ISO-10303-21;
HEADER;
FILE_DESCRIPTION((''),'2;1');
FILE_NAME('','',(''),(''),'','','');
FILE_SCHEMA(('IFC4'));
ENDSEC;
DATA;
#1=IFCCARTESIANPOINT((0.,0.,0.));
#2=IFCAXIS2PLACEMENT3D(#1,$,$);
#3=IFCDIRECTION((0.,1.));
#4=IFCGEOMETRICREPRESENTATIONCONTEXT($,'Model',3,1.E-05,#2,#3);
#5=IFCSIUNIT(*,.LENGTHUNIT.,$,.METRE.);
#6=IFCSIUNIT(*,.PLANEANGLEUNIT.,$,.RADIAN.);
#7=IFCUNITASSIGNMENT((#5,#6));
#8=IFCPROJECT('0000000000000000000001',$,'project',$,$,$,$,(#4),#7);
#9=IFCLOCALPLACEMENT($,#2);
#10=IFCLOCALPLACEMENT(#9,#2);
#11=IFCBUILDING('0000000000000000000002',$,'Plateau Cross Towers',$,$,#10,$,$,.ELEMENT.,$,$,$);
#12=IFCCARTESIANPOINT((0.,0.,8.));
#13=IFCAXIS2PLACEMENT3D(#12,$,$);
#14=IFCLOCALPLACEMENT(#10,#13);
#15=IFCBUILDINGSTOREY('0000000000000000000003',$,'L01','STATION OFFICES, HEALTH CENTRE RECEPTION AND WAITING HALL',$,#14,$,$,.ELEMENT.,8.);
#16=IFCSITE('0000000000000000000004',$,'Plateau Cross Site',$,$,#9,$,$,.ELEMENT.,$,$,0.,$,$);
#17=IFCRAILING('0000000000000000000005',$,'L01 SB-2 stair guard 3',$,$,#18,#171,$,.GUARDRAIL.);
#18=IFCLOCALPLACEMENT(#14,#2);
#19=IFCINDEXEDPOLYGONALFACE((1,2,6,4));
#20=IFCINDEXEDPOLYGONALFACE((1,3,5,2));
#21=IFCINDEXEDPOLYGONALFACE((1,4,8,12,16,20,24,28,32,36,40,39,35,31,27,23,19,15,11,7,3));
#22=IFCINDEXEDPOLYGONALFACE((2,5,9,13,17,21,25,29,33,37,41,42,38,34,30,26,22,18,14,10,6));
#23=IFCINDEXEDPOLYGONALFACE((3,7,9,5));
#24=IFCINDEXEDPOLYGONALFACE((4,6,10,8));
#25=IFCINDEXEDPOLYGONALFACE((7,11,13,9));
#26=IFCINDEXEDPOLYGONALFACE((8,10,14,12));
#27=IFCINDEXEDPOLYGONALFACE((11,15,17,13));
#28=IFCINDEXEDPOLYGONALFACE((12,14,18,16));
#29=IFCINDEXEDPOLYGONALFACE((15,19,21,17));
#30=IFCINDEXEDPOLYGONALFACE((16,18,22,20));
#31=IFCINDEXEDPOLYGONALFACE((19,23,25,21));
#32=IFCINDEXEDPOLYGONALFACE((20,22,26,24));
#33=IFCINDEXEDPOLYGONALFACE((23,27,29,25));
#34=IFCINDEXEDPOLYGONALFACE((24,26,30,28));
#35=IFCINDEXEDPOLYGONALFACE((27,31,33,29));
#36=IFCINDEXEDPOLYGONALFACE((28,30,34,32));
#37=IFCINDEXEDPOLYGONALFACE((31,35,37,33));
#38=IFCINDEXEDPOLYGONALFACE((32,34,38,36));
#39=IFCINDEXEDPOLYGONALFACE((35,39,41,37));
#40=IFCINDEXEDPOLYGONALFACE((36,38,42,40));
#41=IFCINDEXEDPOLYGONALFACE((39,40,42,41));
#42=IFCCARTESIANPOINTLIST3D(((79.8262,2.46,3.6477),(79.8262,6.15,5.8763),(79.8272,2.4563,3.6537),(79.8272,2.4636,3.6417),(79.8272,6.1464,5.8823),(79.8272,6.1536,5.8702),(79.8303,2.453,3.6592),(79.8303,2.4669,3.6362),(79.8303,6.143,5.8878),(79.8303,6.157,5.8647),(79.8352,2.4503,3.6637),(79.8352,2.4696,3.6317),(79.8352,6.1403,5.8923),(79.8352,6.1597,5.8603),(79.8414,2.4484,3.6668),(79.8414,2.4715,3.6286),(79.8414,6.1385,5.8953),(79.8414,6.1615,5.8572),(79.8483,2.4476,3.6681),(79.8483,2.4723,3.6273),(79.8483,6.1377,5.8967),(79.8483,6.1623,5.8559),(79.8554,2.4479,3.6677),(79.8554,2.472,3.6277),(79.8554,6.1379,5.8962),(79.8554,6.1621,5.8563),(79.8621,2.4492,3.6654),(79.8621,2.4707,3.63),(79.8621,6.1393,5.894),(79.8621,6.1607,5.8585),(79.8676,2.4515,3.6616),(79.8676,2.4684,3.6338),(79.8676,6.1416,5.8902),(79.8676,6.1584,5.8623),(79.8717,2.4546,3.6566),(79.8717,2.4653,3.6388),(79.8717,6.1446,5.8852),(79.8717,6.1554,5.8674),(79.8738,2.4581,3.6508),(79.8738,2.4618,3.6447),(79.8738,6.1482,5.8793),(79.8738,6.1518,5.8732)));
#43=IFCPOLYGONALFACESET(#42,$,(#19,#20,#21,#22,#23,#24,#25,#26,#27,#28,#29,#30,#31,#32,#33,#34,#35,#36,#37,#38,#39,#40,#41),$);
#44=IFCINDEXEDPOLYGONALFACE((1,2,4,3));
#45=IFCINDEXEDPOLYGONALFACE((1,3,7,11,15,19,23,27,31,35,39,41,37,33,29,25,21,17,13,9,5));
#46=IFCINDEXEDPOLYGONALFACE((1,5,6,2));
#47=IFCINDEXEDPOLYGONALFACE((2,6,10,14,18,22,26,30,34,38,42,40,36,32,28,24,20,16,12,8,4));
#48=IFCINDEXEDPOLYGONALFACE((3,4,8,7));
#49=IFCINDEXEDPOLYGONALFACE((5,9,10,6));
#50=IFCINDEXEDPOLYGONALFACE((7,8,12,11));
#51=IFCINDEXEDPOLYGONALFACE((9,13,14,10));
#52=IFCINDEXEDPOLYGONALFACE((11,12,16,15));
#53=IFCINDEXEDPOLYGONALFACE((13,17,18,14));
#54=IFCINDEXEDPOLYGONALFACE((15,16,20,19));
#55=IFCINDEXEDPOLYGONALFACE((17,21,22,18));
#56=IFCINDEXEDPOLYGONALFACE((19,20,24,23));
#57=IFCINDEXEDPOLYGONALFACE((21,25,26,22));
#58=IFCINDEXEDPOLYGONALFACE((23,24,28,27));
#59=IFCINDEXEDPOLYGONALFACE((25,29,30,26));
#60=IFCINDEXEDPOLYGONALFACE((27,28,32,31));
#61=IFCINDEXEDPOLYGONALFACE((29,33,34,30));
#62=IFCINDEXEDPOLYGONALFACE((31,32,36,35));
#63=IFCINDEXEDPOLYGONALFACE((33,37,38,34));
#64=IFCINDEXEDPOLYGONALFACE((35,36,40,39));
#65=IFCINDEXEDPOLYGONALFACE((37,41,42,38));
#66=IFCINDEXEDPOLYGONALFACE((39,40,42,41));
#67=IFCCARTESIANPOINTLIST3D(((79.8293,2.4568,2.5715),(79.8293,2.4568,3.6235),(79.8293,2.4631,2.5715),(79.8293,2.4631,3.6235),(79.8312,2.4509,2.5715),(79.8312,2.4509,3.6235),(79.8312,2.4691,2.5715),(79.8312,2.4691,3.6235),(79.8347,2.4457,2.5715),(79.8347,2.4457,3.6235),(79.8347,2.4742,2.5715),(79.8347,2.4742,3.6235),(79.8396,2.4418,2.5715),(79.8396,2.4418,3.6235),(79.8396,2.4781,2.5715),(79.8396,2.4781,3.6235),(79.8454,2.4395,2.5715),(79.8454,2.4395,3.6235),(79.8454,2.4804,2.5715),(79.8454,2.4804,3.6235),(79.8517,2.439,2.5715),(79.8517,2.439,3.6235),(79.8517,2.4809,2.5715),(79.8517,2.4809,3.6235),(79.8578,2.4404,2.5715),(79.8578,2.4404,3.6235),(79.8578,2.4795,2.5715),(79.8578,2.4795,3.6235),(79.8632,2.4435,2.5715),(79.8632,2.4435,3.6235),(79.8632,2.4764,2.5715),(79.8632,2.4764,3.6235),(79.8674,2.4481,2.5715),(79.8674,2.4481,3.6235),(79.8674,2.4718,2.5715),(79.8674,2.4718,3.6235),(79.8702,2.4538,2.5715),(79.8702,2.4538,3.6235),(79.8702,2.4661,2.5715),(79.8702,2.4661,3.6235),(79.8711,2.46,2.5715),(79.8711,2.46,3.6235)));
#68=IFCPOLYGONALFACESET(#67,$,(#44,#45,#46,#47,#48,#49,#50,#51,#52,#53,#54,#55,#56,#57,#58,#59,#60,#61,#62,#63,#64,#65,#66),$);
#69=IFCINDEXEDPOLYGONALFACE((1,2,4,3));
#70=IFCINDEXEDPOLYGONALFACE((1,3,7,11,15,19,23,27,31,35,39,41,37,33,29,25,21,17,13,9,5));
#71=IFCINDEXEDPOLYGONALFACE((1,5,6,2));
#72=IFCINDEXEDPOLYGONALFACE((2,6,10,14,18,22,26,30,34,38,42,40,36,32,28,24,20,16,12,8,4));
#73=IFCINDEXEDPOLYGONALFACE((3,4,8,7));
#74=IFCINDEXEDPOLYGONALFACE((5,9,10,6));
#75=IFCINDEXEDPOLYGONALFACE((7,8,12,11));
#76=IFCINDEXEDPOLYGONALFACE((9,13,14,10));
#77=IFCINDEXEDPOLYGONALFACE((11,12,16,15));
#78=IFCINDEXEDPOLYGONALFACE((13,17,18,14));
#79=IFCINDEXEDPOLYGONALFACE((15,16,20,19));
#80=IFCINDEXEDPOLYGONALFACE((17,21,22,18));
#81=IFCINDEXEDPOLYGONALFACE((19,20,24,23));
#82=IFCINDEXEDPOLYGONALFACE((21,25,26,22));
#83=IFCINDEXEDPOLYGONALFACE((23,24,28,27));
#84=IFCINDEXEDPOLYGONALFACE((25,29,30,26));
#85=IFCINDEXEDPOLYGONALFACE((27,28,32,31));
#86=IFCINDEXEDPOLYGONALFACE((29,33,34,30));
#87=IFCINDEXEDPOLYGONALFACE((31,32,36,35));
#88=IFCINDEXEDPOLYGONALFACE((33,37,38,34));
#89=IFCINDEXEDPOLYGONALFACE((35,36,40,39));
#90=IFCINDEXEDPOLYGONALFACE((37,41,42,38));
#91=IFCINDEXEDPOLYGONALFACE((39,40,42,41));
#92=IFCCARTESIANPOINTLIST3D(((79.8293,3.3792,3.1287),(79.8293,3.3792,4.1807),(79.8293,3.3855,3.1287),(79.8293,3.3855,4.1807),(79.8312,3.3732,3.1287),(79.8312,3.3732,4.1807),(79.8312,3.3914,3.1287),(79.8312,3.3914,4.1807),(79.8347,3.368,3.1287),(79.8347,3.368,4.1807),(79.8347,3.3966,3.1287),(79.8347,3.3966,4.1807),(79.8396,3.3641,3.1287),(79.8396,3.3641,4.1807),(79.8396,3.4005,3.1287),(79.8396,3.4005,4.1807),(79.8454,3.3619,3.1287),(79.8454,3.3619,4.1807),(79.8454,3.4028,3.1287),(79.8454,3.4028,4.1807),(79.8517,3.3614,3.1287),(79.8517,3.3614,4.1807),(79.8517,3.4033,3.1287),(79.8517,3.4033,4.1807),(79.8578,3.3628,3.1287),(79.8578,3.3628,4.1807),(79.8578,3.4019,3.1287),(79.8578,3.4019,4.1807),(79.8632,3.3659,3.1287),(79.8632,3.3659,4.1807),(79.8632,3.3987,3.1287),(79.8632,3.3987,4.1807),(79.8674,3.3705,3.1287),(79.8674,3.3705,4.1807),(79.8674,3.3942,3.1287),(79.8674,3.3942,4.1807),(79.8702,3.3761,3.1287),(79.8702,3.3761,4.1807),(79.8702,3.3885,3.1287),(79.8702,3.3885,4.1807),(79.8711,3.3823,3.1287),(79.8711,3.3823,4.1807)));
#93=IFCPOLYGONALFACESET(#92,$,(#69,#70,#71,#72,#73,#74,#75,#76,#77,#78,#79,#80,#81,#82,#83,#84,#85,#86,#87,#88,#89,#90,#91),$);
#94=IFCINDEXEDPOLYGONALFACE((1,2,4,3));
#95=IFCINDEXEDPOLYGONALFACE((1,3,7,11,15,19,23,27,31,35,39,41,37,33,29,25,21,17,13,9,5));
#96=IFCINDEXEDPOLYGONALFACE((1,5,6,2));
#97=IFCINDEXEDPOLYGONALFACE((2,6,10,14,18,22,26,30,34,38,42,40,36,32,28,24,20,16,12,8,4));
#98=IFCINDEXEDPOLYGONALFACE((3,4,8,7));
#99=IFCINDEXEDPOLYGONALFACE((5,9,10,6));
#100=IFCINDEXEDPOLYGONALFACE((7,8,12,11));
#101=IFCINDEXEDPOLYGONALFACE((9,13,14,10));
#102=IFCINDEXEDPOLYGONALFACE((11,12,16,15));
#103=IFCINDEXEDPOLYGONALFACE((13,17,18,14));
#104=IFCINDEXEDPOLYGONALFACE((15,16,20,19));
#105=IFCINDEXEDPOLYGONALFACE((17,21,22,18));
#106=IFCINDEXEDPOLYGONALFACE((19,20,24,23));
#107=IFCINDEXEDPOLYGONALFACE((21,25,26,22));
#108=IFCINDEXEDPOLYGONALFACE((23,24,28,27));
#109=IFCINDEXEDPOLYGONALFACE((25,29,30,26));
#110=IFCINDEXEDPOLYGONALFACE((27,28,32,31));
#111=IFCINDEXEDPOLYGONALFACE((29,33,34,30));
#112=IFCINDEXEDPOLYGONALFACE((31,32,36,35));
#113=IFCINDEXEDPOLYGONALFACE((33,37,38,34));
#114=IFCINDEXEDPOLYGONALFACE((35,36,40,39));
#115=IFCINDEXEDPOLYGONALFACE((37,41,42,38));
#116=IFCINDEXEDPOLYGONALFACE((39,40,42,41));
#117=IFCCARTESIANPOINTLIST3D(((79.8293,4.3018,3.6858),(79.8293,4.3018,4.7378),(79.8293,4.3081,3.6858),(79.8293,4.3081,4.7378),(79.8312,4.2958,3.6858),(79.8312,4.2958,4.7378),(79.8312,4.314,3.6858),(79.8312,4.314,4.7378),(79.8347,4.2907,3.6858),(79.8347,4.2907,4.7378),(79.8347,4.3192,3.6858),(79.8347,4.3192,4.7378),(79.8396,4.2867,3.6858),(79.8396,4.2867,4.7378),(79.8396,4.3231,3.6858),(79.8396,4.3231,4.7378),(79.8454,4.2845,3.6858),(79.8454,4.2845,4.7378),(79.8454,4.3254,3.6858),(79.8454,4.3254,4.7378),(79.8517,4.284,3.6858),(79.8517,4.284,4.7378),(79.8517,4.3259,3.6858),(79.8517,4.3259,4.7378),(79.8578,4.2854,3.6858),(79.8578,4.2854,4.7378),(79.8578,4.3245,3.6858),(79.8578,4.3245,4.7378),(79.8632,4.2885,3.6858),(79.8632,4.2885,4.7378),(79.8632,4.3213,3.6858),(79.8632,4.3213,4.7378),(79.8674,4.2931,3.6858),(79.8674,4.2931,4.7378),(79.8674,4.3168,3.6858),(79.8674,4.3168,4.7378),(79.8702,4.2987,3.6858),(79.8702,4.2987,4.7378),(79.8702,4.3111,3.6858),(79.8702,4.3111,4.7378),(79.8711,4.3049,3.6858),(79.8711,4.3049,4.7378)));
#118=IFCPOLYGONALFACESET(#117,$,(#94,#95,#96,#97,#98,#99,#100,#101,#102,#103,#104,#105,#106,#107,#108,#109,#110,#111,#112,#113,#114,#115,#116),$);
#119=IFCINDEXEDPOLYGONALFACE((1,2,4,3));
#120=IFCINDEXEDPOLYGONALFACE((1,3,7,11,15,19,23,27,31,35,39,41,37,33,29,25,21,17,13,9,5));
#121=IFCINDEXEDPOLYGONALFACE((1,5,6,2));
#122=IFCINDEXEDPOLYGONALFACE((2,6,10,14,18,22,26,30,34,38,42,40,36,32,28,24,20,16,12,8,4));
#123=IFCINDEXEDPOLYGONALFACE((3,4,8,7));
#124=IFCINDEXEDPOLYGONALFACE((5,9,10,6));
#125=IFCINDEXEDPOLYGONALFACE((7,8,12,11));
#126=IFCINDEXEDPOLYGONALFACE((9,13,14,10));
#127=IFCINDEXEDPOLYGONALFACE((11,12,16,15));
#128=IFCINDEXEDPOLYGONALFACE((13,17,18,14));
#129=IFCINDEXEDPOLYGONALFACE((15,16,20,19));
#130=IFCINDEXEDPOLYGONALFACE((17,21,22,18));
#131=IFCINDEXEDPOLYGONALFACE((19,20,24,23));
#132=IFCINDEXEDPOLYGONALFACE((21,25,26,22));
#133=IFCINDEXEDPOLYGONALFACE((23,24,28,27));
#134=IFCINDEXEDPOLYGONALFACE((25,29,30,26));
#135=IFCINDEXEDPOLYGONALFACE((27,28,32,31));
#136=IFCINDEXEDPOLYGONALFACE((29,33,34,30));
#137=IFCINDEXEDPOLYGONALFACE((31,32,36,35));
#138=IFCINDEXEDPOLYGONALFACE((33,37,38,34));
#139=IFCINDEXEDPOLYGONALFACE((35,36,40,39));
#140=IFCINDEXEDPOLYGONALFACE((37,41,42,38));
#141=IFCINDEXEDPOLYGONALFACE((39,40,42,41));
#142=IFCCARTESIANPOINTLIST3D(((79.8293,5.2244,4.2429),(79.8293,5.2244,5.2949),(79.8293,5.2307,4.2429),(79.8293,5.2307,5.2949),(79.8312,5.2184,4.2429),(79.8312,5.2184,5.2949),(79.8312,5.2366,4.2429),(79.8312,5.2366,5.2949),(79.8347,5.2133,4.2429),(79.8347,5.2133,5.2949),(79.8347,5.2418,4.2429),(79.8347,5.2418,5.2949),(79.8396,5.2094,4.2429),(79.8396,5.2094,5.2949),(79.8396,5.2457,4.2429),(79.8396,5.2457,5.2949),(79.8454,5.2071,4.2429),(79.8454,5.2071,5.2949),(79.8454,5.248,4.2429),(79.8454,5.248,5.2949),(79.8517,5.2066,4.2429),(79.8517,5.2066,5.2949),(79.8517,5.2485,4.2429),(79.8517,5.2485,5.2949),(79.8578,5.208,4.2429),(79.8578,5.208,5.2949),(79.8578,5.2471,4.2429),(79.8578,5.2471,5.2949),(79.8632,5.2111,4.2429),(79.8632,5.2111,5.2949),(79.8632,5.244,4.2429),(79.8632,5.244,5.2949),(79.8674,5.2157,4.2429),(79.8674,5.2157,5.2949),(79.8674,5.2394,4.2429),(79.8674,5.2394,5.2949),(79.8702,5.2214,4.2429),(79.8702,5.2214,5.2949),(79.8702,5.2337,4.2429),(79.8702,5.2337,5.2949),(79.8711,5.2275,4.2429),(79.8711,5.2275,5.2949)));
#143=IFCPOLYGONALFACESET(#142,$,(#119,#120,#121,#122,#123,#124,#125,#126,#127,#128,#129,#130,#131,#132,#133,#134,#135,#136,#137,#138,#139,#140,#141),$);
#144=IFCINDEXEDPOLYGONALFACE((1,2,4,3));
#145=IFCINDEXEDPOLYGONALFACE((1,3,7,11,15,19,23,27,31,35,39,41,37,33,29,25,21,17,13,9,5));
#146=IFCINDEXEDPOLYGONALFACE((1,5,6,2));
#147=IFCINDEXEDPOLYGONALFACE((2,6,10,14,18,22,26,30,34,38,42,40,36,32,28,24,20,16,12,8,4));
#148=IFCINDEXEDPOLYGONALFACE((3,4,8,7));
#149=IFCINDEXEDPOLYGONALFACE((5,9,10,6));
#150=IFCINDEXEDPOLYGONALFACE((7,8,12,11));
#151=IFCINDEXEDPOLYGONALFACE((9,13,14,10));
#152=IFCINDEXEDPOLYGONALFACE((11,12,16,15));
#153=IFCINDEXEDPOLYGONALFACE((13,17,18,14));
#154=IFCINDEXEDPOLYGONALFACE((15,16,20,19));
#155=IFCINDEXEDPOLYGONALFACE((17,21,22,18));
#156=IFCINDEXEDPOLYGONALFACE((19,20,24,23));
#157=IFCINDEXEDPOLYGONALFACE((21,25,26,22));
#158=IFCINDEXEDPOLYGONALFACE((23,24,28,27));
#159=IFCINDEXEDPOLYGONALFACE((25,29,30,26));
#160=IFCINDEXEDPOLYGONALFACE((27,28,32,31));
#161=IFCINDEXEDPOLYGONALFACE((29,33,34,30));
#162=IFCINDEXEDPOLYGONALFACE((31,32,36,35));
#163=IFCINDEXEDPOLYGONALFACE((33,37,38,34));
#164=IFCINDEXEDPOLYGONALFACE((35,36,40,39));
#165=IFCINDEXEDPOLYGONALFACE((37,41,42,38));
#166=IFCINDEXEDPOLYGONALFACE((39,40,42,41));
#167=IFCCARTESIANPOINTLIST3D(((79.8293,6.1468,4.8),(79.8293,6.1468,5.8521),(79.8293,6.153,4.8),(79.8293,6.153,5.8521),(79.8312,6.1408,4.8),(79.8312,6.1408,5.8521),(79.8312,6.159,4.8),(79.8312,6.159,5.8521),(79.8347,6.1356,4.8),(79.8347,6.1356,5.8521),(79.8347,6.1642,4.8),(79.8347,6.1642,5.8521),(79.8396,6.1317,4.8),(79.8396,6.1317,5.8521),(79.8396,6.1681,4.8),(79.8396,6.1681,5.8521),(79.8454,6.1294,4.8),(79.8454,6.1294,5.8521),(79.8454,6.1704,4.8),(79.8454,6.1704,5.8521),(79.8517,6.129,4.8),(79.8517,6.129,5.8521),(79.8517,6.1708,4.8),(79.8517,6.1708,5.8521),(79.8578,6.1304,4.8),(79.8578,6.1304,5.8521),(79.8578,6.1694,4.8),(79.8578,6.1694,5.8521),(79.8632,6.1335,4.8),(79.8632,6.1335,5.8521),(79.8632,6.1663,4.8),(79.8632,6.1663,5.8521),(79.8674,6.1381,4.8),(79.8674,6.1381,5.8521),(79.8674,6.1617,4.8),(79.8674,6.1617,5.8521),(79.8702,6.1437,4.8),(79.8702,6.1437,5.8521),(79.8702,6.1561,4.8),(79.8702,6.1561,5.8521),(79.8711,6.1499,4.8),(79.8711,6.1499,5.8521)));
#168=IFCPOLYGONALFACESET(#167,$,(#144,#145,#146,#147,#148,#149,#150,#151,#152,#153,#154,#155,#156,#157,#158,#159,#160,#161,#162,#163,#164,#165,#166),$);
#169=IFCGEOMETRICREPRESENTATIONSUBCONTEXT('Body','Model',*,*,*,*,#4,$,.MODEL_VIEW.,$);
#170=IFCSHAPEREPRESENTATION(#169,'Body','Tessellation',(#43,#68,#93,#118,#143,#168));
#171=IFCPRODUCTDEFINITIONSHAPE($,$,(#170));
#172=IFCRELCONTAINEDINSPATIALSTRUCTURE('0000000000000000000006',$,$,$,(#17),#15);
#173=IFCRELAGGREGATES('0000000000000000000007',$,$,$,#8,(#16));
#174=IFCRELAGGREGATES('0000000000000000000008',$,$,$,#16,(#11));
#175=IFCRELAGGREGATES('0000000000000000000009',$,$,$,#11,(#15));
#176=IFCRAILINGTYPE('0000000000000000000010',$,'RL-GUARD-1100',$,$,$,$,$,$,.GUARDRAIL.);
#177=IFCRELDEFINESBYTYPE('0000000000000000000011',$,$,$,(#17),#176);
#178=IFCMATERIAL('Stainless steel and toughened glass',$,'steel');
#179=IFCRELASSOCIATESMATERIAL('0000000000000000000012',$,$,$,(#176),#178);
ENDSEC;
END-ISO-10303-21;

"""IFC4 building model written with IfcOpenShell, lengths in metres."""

from ifc_helpers import new_model, si_unit, direction, frame, origin, origin_2d, place, context, subcontext, project, spatial, circle, extrude, material, type_object, element, save


model = new_model("IFC4")

# Units and contexts
model_context = context("Model", 3, precision=1e-05, world=origin(), true_north=direction((0.0, 1.0)))
body_context = subcontext(model_context, "Body", "Model", "MODEL_VIEW")
ifc_project = project(units=[si_unit("LENGTHUNIT", "METRE"), si_unit("PLANEANGLEUNIT", "RADIAN")], contexts=[model_context])

# Site, building, storey
site_placement = place(None, origin())
site = spatial("IfcSite", under=ifc_project, at=site_placement, Name="Plateau Cross Site", CompositionType="ELEMENT", RefElevation=0.0)
building_placement = place(site_placement, origin())
building = spatial("IfcBuilding", under=site, at=building_placement, Name="Plateau Cross Towers", CompositionType="ELEMENT")
storey_placement = place(building_placement, frame((0.0, 0.0, 8.0)))
storey = spatial("IfcBuildingStorey", under=building, at=storey_placement, Name="L01", Description="STATION OFFICES, HEALTH CENTRE RECEPTION AND WAITING HALL", CompositionType="ELEMENT", Elevation=8.0)

# Railing
ifc_material_1 = material(Name="Stainless steel and toughened glass", Category="steel")
railing_type_1 = type_object("IfcRailingType", Name="RL-GUARD-1100", PredefinedType="GUARDRAIL", material=ifc_material_1)
railing_1_placement = place(storey_placement, frame((79.8501, 2.46, 2.5715)))
element("IfcRailing", 1, at=railing_1_placement, inside=storey, type_object=railing_type_1, Name="L01 SB-2 stair guard 3", PredefinedType="GUARDRAIL", context=body_context, shape_type="SweptSolid", body=[
    extrude(circle(Radius=0.0239, at=origin_2d()), frame((0.0, 0.0, 1.0762), z_axis=(0.0, 0.856, 0.516976), x_axis=(-1.0, 0.0, 0.0)), (0.0, 0.0, 1.0), 4.3108),
    extrude(circle(Radius=0.021, at=origin_2d()), origin(), (0.0, 0.0, 1.0), 1.052),
    extrude(circle(Radius=0.021, at=origin_2d()), frame((0.0, 0.9224, 0.5571)), (0.0, 0.0, 1.0), 1.052),
    extrude(circle(Radius=0.021, at=origin_2d()), frame((0.0, 1.845, 1.1143)), (0.0, 0.0, 1.0), 1.052),
    extrude(circle(Radius=0.021, at=origin_2d()), frame((0.0, 2.7676, 1.6714)), (0.0, 0.0, 1.0), 1.052),
    extrude(circle(Radius=0.021, at=origin_2d()), frame((0.0, 3.6899, 2.2285)), (0.0, 0.0, 1.0), 1.052),
])

save(model, "model.ifc")
